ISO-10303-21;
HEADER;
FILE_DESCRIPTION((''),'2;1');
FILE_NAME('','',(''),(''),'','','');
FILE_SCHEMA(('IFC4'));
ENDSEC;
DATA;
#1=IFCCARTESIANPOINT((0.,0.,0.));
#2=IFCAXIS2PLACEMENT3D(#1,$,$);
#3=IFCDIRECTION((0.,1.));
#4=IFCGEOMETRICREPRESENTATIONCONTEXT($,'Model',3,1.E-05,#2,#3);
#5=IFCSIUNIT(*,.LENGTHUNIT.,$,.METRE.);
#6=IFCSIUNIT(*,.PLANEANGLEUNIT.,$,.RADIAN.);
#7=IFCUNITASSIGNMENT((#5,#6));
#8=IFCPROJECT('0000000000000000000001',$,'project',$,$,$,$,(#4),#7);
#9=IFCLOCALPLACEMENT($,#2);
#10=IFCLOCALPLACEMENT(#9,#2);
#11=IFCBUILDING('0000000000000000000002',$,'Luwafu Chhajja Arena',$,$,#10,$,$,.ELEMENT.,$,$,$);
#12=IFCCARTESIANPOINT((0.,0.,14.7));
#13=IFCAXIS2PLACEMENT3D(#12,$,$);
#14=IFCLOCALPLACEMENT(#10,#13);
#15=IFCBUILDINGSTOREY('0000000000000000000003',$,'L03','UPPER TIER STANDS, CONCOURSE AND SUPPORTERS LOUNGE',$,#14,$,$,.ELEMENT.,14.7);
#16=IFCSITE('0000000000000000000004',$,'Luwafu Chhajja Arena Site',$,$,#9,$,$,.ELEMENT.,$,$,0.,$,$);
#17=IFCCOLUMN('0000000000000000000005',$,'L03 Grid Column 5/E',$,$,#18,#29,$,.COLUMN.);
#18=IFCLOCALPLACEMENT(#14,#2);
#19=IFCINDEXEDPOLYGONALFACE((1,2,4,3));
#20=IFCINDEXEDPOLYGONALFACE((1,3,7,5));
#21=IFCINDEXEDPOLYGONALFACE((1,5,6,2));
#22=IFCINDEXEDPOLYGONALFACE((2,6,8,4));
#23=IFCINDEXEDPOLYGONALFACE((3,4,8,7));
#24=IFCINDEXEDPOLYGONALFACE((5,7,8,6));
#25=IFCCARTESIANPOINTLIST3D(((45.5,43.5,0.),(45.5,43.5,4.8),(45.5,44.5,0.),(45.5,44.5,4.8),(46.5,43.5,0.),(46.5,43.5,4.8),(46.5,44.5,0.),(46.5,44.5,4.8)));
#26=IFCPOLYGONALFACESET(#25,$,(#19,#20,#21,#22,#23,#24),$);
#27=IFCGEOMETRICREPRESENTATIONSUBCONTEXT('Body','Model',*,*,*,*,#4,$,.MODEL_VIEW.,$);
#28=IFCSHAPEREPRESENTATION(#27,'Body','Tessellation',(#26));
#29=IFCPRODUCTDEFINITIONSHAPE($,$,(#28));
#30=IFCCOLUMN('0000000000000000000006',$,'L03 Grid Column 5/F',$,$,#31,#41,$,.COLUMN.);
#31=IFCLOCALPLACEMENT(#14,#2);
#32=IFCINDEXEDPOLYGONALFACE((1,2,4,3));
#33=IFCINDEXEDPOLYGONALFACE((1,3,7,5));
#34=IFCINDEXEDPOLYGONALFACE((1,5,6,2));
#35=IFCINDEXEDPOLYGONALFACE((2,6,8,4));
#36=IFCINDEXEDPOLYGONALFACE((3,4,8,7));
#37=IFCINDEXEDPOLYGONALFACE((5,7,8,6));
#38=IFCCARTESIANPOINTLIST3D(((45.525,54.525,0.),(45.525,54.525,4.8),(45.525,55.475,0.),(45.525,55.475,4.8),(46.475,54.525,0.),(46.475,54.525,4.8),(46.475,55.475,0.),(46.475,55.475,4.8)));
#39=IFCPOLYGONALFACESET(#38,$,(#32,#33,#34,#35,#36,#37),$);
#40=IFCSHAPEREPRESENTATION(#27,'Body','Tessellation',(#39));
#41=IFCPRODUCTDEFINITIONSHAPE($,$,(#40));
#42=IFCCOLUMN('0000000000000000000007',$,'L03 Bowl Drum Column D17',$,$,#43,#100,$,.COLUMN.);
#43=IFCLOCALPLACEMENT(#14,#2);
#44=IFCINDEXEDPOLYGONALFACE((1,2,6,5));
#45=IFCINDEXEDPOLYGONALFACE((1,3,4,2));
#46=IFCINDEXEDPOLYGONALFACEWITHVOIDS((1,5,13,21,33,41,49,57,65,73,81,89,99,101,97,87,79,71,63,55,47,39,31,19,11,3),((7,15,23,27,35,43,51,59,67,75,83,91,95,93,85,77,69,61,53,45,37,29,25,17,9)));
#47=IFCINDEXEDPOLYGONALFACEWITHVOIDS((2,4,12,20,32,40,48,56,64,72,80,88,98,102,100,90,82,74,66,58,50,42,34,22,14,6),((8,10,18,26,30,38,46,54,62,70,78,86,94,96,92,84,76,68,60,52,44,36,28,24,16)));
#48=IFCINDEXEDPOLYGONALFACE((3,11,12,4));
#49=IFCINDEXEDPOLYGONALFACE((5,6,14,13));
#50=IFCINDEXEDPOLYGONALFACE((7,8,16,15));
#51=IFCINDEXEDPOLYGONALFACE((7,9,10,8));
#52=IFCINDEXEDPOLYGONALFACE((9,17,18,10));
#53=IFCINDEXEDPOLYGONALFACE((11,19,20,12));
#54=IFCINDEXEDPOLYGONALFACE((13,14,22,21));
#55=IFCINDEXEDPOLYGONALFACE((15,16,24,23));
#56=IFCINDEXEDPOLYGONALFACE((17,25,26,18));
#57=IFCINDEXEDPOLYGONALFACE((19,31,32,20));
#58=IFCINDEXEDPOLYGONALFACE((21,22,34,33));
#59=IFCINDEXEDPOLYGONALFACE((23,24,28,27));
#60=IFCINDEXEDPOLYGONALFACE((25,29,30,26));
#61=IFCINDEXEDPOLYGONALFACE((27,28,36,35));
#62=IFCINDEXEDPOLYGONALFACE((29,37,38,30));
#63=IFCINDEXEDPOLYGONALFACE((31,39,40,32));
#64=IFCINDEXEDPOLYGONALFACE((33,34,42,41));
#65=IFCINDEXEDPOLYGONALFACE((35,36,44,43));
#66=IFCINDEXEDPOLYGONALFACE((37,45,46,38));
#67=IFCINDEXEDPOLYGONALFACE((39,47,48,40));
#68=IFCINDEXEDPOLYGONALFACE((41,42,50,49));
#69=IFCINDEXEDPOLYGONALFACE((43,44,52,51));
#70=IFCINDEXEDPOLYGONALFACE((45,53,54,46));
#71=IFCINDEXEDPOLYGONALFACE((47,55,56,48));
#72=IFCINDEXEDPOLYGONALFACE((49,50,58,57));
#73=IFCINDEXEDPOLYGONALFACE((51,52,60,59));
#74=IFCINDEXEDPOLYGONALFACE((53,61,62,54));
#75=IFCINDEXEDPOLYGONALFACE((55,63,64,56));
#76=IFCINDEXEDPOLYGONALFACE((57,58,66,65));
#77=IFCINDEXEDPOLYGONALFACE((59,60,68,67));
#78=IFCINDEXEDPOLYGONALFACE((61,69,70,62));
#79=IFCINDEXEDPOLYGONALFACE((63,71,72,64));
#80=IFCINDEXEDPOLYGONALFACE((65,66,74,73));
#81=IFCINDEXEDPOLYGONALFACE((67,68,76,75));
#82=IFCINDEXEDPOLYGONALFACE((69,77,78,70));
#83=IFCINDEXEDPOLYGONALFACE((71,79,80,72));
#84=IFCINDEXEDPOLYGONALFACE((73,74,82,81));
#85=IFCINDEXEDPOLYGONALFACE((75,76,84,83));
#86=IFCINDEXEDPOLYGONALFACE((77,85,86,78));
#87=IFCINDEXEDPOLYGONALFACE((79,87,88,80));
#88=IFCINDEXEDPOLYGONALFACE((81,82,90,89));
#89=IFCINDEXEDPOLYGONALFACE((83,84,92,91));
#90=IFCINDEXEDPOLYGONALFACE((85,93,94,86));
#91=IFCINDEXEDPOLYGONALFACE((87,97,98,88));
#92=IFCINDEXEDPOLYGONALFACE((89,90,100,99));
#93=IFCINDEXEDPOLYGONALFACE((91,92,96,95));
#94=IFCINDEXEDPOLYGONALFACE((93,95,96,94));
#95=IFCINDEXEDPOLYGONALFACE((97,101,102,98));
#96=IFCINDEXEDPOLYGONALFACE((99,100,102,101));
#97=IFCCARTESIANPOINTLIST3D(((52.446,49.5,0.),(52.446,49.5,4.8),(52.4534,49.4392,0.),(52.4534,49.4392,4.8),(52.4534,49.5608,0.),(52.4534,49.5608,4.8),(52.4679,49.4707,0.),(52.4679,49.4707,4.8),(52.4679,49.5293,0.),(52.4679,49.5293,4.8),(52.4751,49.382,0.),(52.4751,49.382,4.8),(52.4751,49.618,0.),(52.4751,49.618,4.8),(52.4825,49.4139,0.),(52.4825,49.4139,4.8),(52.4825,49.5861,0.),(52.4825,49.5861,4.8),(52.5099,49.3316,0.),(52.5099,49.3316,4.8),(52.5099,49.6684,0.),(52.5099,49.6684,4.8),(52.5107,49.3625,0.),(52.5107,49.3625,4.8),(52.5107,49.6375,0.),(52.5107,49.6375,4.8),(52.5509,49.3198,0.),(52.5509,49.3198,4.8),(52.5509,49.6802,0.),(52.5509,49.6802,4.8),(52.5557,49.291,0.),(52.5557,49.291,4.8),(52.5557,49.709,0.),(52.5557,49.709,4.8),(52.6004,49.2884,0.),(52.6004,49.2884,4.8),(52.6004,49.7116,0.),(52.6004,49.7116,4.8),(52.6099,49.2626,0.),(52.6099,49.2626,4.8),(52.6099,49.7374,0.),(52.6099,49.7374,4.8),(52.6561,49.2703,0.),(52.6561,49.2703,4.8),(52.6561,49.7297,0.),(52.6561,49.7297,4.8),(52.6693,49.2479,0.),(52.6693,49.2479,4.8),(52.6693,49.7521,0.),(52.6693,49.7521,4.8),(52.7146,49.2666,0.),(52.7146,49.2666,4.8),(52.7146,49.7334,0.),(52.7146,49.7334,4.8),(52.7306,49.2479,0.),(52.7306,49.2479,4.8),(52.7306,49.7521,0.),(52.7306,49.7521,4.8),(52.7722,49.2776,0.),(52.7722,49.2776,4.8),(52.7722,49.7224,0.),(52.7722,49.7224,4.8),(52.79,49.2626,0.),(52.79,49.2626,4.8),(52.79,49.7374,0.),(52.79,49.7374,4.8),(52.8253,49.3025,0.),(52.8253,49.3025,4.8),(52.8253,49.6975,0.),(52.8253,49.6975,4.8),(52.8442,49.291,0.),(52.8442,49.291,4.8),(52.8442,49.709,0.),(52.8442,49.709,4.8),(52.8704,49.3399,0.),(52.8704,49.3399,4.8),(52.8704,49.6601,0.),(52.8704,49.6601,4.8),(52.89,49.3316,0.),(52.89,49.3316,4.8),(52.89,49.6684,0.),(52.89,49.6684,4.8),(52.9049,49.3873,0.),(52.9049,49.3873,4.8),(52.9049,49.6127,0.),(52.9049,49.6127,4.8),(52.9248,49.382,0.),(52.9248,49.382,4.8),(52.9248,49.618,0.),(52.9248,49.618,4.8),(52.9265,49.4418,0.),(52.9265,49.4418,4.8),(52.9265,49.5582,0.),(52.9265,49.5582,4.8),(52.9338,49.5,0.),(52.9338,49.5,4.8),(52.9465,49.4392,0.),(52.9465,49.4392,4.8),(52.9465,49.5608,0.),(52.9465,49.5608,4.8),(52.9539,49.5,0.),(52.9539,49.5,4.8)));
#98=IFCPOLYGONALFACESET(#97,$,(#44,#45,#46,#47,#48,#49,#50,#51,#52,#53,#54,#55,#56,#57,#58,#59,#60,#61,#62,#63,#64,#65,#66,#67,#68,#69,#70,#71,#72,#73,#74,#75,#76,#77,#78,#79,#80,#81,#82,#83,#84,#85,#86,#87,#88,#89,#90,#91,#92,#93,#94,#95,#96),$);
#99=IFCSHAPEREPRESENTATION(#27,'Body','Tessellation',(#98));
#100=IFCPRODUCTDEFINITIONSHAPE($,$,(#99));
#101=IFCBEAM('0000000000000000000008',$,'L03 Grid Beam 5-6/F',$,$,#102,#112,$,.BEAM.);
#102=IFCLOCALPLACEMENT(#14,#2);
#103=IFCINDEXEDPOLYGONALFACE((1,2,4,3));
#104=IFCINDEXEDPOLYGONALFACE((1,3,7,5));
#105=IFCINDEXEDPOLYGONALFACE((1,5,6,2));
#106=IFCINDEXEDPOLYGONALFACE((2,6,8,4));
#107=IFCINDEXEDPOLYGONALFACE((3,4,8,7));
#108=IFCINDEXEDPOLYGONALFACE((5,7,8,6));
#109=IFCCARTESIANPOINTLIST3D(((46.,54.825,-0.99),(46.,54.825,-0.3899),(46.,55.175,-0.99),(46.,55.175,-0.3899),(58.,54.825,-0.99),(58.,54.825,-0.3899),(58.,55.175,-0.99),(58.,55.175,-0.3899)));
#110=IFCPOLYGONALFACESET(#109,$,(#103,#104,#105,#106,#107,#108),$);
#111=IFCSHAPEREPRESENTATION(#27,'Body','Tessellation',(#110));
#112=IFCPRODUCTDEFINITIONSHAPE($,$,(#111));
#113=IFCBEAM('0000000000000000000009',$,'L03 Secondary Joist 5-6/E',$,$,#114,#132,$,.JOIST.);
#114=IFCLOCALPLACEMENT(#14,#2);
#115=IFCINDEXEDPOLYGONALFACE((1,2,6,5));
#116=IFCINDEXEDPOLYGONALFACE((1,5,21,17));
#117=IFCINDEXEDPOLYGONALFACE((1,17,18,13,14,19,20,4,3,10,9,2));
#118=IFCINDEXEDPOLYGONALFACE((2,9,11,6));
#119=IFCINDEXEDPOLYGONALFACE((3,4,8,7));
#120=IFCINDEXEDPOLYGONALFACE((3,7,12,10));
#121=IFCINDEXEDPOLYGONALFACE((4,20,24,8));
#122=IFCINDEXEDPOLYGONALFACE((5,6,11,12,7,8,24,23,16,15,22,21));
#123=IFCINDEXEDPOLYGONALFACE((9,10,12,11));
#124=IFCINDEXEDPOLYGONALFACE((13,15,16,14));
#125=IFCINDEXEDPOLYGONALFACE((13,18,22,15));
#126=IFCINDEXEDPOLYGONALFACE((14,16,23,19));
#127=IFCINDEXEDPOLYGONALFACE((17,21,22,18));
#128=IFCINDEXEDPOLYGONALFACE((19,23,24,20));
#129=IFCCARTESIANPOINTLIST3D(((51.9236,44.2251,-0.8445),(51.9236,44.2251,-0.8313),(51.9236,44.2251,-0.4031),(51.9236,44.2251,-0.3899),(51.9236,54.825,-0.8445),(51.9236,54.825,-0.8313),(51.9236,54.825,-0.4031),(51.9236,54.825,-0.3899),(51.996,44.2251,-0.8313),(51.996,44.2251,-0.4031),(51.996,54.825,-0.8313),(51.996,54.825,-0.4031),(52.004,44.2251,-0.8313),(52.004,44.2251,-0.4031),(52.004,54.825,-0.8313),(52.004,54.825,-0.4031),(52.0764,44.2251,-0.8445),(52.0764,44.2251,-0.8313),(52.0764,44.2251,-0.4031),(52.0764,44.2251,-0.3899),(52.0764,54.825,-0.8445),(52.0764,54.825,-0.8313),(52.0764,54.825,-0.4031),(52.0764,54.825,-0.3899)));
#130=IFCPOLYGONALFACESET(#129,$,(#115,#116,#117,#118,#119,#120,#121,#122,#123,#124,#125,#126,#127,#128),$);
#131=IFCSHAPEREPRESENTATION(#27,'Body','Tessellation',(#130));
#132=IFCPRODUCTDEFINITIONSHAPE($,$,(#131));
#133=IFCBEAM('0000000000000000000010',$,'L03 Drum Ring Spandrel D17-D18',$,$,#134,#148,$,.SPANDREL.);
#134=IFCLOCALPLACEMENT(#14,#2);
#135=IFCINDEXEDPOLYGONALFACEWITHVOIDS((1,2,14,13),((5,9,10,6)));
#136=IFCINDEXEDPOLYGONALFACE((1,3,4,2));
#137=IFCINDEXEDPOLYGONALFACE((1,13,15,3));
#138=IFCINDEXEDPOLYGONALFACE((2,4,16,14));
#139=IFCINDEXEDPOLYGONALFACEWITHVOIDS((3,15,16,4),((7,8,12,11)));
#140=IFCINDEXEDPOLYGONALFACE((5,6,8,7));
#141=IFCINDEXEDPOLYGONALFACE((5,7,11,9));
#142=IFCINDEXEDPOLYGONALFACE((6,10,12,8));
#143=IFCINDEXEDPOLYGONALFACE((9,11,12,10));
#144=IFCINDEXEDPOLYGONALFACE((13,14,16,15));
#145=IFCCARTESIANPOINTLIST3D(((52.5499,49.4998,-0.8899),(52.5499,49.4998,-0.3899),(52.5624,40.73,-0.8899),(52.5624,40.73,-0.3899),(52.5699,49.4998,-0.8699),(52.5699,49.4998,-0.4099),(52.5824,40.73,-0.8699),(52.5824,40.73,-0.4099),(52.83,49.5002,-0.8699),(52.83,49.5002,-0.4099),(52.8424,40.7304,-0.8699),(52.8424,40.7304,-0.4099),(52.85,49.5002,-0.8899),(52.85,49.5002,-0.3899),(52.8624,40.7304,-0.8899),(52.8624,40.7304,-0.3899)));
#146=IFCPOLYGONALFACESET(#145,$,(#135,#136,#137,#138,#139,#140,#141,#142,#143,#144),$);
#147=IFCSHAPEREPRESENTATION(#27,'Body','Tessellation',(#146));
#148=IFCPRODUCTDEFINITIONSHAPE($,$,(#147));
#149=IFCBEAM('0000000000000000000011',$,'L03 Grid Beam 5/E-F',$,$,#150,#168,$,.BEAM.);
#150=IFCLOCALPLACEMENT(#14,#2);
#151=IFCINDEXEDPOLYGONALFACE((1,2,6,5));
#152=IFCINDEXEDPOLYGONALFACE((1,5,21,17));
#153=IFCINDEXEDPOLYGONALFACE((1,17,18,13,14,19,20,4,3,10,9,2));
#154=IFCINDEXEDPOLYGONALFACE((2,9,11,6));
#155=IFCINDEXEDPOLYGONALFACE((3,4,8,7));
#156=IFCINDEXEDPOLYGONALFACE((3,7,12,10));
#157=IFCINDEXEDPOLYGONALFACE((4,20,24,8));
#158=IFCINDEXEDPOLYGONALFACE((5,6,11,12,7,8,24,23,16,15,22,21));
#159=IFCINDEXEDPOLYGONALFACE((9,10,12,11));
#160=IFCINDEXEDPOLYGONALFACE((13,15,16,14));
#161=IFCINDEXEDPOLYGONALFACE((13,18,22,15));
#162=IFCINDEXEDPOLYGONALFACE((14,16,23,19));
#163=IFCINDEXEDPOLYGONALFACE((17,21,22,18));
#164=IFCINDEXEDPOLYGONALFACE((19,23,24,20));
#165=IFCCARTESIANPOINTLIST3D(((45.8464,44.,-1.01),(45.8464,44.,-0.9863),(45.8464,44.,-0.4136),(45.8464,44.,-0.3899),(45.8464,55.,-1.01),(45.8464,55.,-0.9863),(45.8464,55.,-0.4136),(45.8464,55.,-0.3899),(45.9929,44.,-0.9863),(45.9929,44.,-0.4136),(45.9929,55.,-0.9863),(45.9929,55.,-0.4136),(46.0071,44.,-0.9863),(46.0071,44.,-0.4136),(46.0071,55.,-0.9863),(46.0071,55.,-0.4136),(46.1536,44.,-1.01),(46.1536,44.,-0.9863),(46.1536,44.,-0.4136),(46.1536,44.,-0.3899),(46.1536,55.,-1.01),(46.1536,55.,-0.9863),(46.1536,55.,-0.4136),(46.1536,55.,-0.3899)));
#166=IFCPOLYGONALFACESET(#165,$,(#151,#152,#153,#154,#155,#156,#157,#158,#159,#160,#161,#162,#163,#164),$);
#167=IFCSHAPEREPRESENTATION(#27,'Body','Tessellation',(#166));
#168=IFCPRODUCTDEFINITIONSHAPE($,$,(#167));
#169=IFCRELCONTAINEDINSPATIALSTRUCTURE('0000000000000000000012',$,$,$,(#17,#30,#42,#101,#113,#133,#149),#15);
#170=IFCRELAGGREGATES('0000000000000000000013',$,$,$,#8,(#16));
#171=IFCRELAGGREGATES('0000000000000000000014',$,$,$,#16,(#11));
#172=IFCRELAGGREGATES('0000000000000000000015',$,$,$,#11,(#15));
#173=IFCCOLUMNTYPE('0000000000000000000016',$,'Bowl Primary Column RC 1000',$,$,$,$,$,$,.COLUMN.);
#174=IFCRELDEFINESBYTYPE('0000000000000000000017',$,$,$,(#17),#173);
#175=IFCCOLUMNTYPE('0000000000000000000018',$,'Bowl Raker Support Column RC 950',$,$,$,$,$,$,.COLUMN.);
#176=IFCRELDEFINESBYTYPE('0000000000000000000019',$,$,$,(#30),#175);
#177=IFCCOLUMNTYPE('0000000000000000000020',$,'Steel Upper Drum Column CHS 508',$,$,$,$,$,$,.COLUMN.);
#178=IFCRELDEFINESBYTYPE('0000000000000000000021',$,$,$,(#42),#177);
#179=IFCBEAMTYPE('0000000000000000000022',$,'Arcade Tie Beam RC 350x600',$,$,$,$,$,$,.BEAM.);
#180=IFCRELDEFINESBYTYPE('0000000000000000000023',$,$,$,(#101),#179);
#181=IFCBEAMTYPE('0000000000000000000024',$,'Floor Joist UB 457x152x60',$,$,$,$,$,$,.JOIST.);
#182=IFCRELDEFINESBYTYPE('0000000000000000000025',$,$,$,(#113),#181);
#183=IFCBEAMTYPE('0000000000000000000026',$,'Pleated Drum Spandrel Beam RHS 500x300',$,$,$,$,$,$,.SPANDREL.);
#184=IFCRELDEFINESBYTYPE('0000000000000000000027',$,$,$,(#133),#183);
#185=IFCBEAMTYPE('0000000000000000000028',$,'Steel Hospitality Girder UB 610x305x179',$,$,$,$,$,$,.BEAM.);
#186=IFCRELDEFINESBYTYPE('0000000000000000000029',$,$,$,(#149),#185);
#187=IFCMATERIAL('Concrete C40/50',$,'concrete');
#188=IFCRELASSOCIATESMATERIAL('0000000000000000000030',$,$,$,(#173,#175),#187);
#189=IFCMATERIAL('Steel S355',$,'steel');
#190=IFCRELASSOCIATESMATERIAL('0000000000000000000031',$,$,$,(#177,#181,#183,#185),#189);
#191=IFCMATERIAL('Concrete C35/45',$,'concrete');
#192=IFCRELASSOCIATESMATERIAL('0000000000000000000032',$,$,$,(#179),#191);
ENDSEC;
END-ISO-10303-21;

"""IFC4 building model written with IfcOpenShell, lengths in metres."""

from ifc_helpers import new_model, si_unit, direction, frame, origin, origin_2d, place, context, subcontext, project, spatial, rectangle, hollow_rectangle, hollow_circle, i_section, extrude, material, material_profile, profile_set, type_object, element, save


model = new_model("IFC4")

# Units and contexts
model_context = context("Model", 3, precision=1e-05, world=origin(), true_north=direction((0.0, 1.0)))
body_context = subcontext(model_context, "Body", "Model", "MODEL_VIEW")
ifc_project = project(units=[si_unit("LENGTHUNIT", "METRE"), si_unit("PLANEANGLEUNIT", "RADIAN")], contexts=[model_context])

# Site, building, storey
site_placement = place(None, origin())
site = spatial("IfcSite", under=ifc_project, at=site_placement, Name="Luwafu Chhajja Arena Site", CompositionType="ELEMENT", RefElevation=0.0)
building_placement = place(site_placement, origin())
building = spatial("IfcBuilding", under=site, at=building_placement, Name="Luwafu Chhajja Arena", CompositionType="ELEMENT")
storey_placement = place(building_placement, frame((0.0, 0.0, 14.7)))
storey = spatial("IfcBuildingStorey", under=building, at=storey_placement, Name="L03", Description="UPPER TIER STANDS, CONCOURSE AND SUPPORTERS LOUNGE", CompositionType="ELEMENT", Elevation=14.7)

# Columns
ifc_material_1 = material(Name="Concrete C40/50", Category="concrete")
ifc_material_profile_1 = material_profile(ifc_material_1, rectangle(XDim=1.0, YDim=1.0, at=origin_2d()), Name="RC 1000x1000")
ifc_profile_set_1 = profile_set([ifc_material_profile_1], Name="Concrete C40/50")
column_type_1 = type_object("IfcColumnType", Name="Bowl Primary Column RC 1000", PredefinedType="COLUMN", material=ifc_profile_set_1)
column_1_placement = place(storey_placement, frame((46.0, 44.0, 0.0), z_axis=(0.0, 0.0, 1.0), x_axis=(1.0, 0.0, 0.0)))
element("IfcColumn", 1, at=column_1_placement, inside=storey, type_object=column_type_1, Name="L03 Grid Column 5/E", PredefinedType="COLUMN", context=body_context, shape_type="SweptSolid", body=[
    extrude(rectangle(XDim=1.0, YDim=1.0, at=origin_2d()), origin(), (0.0, 0.0, 1.0), 4.8),
])
ifc_material_profile_2 = material_profile(ifc_material_1, rectangle(XDim=0.95, YDim=0.95, at=origin_2d()), Name="RC 950x950")
ifc_profile_set_2 = profile_set([ifc_material_profile_2], Name="Concrete C40/50")
column_type_2 = type_object("IfcColumnType", Name="Bowl Raker Support Column RC 950", PredefinedType="COLUMN", material=ifc_profile_set_2)
column_2_placement = place(storey_placement, frame((46.0, 55.0, 0.0), z_axis=(0.0, 0.0, 1.0), x_axis=(1.0, 0.0, 0.0)))
element("IfcColumn", 2, at=column_2_placement, inside=storey, type_object=column_type_2, Name="L03 Grid Column 5/F", PredefinedType="COLUMN", context=body_context, shape_type="SweptSolid", body=[
    extrude(rectangle(XDim=0.95, YDim=0.95, at=origin_2d()), origin(), (0.0, 0.0, 1.0), 4.8),
])
ifc_material_2 = material(Name="Steel S355", Category="steel")
ifc_material_profile_3 = material_profile(ifc_material_2, hollow_circle(Radius=0.2539, WallThickness=0.02, at=origin_2d()), Name="CHS 508x20")
ifc_profile_set_3 = profile_set([ifc_material_profile_3], Name="Steel S355")
column_type_3 = type_object("IfcColumnType", Name="Steel Upper Drum Column CHS 508", PredefinedType="COLUMN", material=ifc_profile_set_3)
column_3_placement = place(storey_placement, frame((52.7, 49.5, 0.0), z_axis=(0.0, 0.0, 1.0), x_axis=(1.0, 0.0, 0.0)))
element("IfcColumn", 3, at=column_3_placement, inside=storey, type_object=column_type_3, Name="L03 Bowl Drum Column D17", PredefinedType="COLUMN", context=body_context, shape_type="SweptSolid", body=[
    extrude(hollow_circle(Radius=0.2539, WallThickness=0.02, at=origin_2d()), origin(), (0.0, 0.0, 1.0), 4.8),
])

# Beams
ifc_material_3 = material(Name="Concrete C35/45", Category="concrete")
ifc_material_profile_4 = material_profile(ifc_material_3, rectangle(XDim=0.3501, YDim=0.6001, at=origin_2d()), Name="RC 350x600")
ifc_profile_set_4 = profile_set([ifc_material_profile_4], Name="Concrete C35/45")
beam_type_1 = type_object("IfcBeamType", Name="Arcade Tie Beam RC 350x600", PredefinedType="BEAM", material=ifc_profile_set_4)
beam_1_placement = place(storey_placement, frame((46.0, 55.0, -0.6899), z_axis=(1.0, 0.0, 0.0), x_axis=(0.0, 1.0, 0.0)))
element("IfcBeam", 4, at=beam_1_placement, inside=storey, type_object=beam_type_1, Name="L03 Grid Beam 5-6/F", PredefinedType="BEAM", context=body_context, shape_type="SweptSolid", body=[
    extrude(rectangle(XDim=0.3501, YDim=0.6001, at=origin_2d()), origin(), (0.0, 0.0, 1.0), 12.0),
])
ifc_material_profile_5 = material_profile(ifc_material_2, i_section(OverallWidth=0.1528, OverallDepth=0.4546, WebThickness=0.0081, FlangeThickness=0.0132, at=origin_2d()), Name="UB 457x152x60")
ifc_profile_set_5 = profile_set([ifc_material_profile_5], Name="Steel S355")
beam_type_2 = type_object("IfcBeamType", Name="Floor Joist UB 457x152x60", PredefinedType="JOIST", material=ifc_profile_set_5)
beam_2_placement = place(storey_placement, frame((52.0, 44.2251, -0.6172), z_axis=(0.0, 1.0, 0.0), x_axis=(-1.0, 0.0, 0.0)))
element("IfcBeam", 5, at=beam_2_placement, inside=storey, type_object=beam_type_2, Name="L03 Secondary Joist 5-6/E", PredefinedType="JOIST", context=body_context, shape_type="SweptSolid", body=[
    extrude(i_section(OverallWidth=0.1528, OverallDepth=0.4546, WebThickness=0.0081, FlangeThickness=0.0132, at=origin_2d()), origin(), (0.0, 0.0, 1.0), 10.5999),
])
ifc_material_profile_6 = material_profile(ifc_material_2, hollow_rectangle(XDim=0.3, YDim=0.5, WallThickness=0.02, at=origin_2d()), Name="RHS 500x300x20")
ifc_profile_set_6 = profile_set([ifc_material_profile_6], Name="Steel S355")
beam_type_3 = type_object("IfcBeamType", Name="Pleated Drum Spandrel Beam RHS 500x300", PredefinedType="SPANDREL", material=ifc_profile_set_6)
beam_3_placement = place(storey_placement, frame((52.7, 49.5, -0.6399), z_axis=(0.00142, -0.999999, 0.0), x_axis=(0.999999, 0.00142, 0.0)))
element("IfcBeam", 6, at=beam_3_placement, inside=storey, type_object=beam_type_3, Name="L03 Drum Ring Spandrel D17-D18", PredefinedType="SPANDREL", context=body_context, shape_type="SweptSolid", body=[
    extrude(hollow_rectangle(XDim=0.3, YDim=0.5, WallThickness=0.02, at=origin_2d()), origin(), (0.0, 0.0, 1.0), 8.7698),
])
ifc_material_profile_7 = material_profile(ifc_material_2, i_section(OverallWidth=0.3071, OverallDepth=0.6201, WebThickness=0.0142, FlangeThickness=0.0237, at=origin_2d()), Name="UB 610x305x179")
ifc_profile_set_7 = profile_set([ifc_material_profile_7], Name="Steel S355")
beam_type_4 = type_object("IfcBeamType", Name="Steel Hospitality Girder UB 610x305x179", PredefinedType="BEAM", material=ifc_profile_set_7)
beam_4_placement = place(storey_placement, frame((46.0, 44.0, -0.7), z_axis=(0.0, 1.0, 0.0), x_axis=(-1.0, 0.0, 0.0)))
element("IfcBeam", 7, at=beam_4_placement, inside=storey, type_object=beam_type_4, Name="L03 Grid Beam 5/E-F", PredefinedType="BEAM", context=body_context, shape_type="SweptSolid", body=[
    extrude(i_section(OverallWidth=0.3071, OverallDepth=0.6201, WebThickness=0.0142, FlangeThickness=0.0237, at=origin_2d()), origin(), (0.0, 0.0, 1.0), 11.0),
])

save(model, "model.ifc")
